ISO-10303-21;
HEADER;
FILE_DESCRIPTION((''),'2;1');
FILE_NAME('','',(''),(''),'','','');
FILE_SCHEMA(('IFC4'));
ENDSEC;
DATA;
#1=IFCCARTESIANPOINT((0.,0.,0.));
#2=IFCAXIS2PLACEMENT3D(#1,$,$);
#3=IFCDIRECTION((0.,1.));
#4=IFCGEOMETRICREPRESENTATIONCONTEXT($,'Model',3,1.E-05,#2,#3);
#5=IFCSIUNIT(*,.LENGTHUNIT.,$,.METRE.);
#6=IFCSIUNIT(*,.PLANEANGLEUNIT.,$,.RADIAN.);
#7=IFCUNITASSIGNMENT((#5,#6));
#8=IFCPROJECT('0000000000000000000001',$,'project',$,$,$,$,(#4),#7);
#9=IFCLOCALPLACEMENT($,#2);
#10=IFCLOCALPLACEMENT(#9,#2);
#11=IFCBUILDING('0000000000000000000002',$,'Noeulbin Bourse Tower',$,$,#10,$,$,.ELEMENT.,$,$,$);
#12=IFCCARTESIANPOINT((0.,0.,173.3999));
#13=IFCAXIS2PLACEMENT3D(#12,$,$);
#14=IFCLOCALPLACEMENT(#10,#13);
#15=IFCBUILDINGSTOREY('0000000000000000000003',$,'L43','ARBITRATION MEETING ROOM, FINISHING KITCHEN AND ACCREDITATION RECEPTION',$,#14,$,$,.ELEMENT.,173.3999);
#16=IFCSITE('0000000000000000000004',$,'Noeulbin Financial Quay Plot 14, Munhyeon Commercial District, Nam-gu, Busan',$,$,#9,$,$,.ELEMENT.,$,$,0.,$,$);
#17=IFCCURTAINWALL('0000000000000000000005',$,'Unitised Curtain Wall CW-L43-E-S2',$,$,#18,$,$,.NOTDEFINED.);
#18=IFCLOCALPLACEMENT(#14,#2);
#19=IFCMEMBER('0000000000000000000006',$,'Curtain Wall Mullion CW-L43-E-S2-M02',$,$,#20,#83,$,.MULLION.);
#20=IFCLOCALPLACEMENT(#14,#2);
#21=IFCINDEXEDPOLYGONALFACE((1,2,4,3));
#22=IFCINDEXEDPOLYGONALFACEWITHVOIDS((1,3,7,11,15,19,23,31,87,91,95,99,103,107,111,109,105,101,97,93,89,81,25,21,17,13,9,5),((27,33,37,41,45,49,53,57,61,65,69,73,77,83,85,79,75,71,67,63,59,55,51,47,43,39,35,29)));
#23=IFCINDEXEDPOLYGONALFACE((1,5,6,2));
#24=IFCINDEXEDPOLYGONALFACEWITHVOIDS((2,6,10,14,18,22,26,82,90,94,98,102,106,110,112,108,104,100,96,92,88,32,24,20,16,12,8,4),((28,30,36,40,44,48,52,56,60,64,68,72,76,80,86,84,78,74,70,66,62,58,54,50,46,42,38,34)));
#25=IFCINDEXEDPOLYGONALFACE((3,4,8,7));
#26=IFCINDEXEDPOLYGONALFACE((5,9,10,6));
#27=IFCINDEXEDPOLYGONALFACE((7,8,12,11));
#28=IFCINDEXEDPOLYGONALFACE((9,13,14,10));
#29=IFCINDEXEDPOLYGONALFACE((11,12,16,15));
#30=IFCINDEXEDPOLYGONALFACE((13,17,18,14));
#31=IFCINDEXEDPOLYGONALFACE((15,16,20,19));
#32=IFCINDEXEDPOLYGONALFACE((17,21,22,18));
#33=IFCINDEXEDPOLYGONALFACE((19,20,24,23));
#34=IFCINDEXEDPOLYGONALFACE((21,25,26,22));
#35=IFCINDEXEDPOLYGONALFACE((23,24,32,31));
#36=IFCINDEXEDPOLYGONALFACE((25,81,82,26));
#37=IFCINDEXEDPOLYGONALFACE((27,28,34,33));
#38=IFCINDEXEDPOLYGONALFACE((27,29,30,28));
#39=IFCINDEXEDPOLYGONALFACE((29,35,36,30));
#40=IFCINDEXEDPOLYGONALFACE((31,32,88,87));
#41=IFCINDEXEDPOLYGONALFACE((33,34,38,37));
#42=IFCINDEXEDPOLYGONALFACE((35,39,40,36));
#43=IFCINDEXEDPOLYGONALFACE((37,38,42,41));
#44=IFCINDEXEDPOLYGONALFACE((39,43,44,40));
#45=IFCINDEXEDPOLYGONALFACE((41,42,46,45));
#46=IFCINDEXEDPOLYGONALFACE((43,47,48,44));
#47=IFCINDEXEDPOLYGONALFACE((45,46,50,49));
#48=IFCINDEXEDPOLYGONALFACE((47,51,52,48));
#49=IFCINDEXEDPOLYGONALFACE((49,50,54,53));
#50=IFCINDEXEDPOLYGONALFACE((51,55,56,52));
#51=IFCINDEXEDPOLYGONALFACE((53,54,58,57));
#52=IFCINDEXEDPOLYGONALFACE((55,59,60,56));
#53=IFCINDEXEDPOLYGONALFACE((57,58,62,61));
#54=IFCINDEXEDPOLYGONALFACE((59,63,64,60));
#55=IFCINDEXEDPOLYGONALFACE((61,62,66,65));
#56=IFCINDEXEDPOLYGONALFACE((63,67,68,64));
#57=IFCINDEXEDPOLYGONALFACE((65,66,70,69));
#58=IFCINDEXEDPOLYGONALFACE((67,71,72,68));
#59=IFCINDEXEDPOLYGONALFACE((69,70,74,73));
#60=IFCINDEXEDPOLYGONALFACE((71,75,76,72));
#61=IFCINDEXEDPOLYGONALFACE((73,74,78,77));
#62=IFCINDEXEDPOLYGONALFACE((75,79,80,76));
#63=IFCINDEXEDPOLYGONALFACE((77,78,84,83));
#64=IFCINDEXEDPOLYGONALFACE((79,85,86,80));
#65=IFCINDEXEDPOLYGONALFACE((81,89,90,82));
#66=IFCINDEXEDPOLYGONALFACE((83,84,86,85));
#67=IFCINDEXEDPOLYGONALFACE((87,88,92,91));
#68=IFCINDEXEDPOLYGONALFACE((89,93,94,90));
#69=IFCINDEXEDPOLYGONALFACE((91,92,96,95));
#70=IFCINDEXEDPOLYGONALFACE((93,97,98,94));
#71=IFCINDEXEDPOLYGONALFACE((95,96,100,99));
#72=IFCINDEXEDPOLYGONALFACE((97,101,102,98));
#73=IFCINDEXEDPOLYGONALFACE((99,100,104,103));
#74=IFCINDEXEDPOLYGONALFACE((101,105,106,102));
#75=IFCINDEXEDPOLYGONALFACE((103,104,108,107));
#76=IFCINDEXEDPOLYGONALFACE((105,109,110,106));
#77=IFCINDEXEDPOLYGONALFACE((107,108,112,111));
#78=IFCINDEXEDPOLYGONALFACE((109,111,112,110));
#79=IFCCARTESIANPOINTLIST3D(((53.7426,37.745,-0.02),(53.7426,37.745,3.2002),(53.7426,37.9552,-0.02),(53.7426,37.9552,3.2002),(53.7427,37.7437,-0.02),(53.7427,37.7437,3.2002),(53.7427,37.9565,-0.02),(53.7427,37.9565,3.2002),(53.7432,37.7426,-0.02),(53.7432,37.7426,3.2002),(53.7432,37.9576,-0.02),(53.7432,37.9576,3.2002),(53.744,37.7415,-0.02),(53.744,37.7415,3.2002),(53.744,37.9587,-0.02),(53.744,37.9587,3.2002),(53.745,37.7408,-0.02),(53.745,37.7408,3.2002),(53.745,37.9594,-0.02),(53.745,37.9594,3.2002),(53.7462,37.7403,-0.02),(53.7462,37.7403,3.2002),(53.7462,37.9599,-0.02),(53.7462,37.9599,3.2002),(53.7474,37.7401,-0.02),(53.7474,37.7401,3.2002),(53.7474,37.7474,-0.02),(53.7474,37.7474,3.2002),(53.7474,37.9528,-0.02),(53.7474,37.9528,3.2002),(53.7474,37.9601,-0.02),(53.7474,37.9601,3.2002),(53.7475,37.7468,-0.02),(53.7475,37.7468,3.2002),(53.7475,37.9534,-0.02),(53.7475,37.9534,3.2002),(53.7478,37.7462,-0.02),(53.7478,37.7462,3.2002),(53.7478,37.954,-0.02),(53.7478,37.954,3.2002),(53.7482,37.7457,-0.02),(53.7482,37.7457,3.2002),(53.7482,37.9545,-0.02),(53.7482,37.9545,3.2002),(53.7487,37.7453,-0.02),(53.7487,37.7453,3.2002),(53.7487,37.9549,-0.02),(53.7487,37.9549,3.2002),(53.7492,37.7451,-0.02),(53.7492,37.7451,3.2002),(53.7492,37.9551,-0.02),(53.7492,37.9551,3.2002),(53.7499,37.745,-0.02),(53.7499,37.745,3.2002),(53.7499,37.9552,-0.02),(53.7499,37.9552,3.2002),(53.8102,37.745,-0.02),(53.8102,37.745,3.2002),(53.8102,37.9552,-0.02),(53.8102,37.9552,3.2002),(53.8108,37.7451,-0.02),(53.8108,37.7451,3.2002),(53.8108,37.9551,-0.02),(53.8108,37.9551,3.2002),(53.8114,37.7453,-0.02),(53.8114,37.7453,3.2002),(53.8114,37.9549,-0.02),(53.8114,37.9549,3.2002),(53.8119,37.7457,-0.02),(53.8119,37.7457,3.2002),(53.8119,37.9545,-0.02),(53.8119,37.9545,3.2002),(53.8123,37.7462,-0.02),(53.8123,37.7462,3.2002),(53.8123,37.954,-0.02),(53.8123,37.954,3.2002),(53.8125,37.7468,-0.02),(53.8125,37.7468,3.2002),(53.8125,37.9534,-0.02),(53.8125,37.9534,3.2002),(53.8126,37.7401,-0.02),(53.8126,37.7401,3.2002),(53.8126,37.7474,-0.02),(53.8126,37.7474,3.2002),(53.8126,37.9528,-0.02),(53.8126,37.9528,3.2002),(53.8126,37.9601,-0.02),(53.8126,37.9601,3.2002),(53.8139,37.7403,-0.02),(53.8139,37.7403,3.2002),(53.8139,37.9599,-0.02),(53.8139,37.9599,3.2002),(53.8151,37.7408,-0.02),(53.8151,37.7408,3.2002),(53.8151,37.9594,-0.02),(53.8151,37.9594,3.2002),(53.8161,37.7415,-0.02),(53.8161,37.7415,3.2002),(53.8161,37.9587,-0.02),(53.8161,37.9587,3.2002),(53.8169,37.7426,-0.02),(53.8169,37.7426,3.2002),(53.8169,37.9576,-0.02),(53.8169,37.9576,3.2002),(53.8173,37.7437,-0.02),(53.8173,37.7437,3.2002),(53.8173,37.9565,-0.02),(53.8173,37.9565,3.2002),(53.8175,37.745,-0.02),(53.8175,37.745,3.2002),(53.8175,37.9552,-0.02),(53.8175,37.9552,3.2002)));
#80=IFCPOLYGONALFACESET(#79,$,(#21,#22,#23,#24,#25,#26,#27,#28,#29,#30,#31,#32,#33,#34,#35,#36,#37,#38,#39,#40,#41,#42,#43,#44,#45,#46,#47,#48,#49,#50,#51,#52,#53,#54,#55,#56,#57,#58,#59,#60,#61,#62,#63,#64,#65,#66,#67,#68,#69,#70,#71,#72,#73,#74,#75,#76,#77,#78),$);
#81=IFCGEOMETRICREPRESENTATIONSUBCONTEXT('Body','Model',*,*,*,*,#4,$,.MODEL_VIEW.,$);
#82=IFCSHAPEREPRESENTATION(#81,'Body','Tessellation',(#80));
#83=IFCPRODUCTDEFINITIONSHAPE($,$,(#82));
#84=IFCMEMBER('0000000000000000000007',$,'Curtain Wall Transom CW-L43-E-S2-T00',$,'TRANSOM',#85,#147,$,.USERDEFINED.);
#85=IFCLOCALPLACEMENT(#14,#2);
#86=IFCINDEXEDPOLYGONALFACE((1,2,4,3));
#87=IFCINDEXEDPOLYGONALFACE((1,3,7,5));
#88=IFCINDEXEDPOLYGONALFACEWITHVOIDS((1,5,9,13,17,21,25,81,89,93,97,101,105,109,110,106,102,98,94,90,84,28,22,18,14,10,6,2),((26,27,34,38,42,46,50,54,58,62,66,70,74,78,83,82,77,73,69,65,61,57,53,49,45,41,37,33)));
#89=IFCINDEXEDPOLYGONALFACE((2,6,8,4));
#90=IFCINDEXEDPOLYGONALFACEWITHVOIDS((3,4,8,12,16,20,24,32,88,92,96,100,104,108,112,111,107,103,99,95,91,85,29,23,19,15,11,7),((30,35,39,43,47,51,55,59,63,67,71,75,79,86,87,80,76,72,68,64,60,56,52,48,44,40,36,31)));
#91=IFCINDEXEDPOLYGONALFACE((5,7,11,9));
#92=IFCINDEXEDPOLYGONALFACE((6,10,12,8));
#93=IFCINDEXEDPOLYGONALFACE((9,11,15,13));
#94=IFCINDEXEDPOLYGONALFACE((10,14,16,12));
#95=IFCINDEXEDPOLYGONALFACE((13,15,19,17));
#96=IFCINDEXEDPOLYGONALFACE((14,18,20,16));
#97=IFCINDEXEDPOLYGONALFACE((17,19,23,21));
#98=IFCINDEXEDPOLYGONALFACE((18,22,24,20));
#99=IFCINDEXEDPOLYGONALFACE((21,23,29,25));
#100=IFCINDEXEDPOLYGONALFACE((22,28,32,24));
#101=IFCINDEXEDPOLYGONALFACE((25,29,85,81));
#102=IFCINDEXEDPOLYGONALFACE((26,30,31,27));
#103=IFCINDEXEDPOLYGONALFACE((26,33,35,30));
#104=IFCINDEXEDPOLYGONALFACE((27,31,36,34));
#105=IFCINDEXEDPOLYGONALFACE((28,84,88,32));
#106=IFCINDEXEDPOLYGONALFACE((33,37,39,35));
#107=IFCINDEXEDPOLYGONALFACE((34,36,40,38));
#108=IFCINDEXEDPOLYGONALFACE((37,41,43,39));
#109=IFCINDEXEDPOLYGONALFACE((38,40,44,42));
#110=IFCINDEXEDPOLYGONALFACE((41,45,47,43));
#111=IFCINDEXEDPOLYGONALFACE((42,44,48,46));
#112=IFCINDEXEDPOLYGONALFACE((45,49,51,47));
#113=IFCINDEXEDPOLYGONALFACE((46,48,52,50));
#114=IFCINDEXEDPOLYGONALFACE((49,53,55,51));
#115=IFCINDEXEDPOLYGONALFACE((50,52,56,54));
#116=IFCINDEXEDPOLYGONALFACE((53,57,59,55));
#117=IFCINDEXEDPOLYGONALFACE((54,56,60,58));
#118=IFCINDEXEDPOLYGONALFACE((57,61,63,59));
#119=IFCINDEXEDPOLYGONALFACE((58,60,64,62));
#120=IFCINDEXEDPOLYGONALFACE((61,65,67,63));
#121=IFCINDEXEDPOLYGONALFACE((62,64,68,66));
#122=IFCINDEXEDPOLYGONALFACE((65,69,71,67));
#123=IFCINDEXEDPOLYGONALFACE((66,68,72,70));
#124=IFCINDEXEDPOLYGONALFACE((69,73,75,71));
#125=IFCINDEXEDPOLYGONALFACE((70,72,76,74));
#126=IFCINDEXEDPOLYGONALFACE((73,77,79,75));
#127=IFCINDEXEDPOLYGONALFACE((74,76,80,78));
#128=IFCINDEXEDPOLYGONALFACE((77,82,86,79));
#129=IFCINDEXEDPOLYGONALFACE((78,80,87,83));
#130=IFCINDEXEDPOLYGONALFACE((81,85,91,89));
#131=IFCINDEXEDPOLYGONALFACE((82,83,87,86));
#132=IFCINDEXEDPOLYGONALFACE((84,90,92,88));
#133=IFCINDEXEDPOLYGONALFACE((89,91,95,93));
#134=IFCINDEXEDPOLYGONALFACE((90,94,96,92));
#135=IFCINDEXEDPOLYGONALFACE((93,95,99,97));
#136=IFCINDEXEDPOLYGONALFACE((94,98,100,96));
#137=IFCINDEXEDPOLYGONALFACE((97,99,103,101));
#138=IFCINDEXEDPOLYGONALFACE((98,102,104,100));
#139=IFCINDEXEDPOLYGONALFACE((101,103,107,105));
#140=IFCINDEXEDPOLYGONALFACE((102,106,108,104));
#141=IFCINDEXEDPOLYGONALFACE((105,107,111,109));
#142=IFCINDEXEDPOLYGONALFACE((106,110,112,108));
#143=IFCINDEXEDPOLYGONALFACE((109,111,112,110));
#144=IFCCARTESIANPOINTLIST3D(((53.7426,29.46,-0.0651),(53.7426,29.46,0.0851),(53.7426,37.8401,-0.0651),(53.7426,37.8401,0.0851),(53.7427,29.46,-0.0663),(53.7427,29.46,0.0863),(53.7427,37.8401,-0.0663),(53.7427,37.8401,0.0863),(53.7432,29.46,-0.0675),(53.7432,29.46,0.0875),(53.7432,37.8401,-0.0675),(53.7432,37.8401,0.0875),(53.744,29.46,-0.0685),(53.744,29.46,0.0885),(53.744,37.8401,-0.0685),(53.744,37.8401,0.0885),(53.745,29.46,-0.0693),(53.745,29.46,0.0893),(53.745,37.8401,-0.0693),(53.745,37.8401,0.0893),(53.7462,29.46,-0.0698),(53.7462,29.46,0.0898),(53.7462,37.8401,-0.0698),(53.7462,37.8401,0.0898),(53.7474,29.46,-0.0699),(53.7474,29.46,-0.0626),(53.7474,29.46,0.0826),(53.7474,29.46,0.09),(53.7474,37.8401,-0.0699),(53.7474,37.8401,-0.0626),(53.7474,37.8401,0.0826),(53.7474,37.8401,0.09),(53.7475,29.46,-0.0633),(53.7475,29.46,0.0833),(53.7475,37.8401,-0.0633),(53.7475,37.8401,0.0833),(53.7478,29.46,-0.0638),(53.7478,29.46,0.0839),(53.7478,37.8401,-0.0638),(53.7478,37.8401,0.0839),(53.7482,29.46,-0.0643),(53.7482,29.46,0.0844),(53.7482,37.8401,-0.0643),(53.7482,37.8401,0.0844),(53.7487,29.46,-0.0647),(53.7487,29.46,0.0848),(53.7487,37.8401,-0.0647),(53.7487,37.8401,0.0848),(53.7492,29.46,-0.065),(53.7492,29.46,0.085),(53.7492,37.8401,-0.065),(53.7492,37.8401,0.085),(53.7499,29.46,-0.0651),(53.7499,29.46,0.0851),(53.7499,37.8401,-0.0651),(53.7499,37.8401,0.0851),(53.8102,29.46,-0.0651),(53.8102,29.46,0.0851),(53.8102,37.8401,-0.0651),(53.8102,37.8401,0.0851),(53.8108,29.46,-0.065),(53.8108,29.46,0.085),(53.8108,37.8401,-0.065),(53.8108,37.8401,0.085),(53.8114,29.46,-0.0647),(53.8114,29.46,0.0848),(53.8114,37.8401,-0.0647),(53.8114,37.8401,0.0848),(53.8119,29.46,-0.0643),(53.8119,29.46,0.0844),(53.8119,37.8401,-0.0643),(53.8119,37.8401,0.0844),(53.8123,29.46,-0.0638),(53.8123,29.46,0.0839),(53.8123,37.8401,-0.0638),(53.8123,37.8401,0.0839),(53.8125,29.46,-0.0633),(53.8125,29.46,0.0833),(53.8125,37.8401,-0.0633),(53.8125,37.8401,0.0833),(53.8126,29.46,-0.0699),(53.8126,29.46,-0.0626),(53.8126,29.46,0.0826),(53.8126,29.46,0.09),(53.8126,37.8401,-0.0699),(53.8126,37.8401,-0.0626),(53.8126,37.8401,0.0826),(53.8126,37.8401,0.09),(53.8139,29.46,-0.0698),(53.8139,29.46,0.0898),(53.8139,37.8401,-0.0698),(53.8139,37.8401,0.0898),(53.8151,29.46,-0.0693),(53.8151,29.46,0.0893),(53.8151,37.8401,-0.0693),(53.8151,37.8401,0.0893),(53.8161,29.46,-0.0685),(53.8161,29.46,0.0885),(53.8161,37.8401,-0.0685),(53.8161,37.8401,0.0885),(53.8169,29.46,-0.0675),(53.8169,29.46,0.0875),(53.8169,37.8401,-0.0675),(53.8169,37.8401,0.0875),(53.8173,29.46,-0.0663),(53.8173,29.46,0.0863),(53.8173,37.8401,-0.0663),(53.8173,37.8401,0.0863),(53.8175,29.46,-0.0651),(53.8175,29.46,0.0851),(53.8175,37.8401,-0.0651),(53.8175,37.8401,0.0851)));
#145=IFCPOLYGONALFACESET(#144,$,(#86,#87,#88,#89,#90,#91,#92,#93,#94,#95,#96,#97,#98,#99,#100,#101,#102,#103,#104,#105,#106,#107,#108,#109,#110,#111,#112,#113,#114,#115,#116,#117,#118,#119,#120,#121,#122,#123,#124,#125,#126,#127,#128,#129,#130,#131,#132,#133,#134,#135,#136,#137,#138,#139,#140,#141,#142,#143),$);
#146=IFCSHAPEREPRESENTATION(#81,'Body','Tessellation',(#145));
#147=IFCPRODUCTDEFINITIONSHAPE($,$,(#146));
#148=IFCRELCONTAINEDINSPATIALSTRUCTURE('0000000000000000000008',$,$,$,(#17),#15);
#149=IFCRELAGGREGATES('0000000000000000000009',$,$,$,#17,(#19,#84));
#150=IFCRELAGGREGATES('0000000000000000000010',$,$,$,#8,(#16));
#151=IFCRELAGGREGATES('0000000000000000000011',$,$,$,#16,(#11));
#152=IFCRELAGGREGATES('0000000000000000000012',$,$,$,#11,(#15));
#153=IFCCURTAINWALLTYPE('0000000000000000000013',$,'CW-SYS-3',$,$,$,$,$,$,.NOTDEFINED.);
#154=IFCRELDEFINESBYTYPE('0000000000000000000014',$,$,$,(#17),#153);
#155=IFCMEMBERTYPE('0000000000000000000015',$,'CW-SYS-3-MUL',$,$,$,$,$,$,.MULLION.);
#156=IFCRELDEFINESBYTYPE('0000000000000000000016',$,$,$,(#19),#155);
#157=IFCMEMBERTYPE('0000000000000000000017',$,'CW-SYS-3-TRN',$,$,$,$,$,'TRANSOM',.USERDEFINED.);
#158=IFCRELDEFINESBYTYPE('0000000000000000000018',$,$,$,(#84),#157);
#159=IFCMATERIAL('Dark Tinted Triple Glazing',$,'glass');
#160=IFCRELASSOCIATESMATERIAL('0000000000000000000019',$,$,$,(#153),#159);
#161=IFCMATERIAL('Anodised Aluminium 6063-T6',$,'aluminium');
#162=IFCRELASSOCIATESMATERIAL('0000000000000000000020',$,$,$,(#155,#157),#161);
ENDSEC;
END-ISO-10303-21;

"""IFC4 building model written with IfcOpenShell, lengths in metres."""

from ifc_helpers import new_model, si_unit, direction, frame, origin, origin_2d, place, context, subcontext, project, spatial, hollow_rectangle, extrude, material, material_profile, profile_set, type_object, element, aggregate, save


model = new_model("IFC4")

# Units and contexts
model_context = context("Model", 3, precision=1e-05, world=origin(), true_north=direction((0.0, 1.0)))
body_context = subcontext(model_context, "Body", "Model", "MODEL_VIEW")
ifc_project = project(units=[si_unit("LENGTHUNIT", "METRE"), si_unit("PLANEANGLEUNIT", "RADIAN")], contexts=[model_context])

# Site, building, storey
site_placement = place(None, origin())
site = spatial("IfcSite", under=ifc_project, at=site_placement, Name="Noeulbin Financial Quay Plot 14, Munhyeon Commercial District, Nam-gu, Busan", CompositionType="ELEMENT", RefElevation=0.0)
building_placement = place(site_placement, origin())
building = spatial("IfcBuilding", under=site, at=building_placement, Name="Noeulbin Bourse Tower", CompositionType="ELEMENT")
storey_placement = place(building_placement, frame((0.0, 0.0, 173.3999)))
storey = spatial("IfcBuildingStorey", under=building, at=storey_placement, Name="L43", Description="ARBITRATION MEETING ROOM, FINISHING KITCHEN AND ACCREDITATION RECEPTION", CompositionType="ELEMENT", Elevation=173.3999)

# Curtain wall, members
ifc_material_1 = material(Name="Dark Tinted Triple Glazing", Category="glass")
curtain_wall_type = type_object("IfcCurtainWallType", Name="CW-SYS-3", PredefinedType="NOTDEFINED", material=ifc_material_1)
curtain_wall_placement = place(storey_placement, origin())
curtain_wall = element("IfcCurtainWall", 1, at=curtain_wall_placement, inside=storey, type_object=curtain_wall_type, Name="Unitised Curtain Wall CW-L43-E-S2", PredefinedType="NOTDEFINED")
ifc_material_2 = material(Name="Anodised Aluminium 6063-T6", Category="aluminium")
ifc_material_profile_1 = material_profile(ifc_material_2, hollow_rectangle(XDim=0.075, YDim=0.22, WallThickness=0.0049, InnerFilletRadius=0.0024, OuterFilletRadius=0.0049, at=origin_2d()), Name="ALU-MULL-75x220x5", Category="LoadBearing")
ifc_profile_set_1 = profile_set([ifc_material_profile_1], Name="Anodised Aluminium 6063-T6")
member_type_1 = type_object("IfcMemberType", Name="CW-SYS-3-MUL", PredefinedType="MULLION", material=ifc_profile_set_1)
member_1_placement = place(storey_placement, frame((53.78, 37.8501, -0.02), z_axis=(0.0, 0.0, 1.0), x_axis=(1.0, 0.0, 0.0)))
member_1 = element("IfcMember", 2, at=member_1_placement, type_object=member_type_1, Name="Curtain Wall Mullion CW-L43-E-S2-M02", PredefinedType="MULLION", context=body_context, shape_type="SweptSolid", body=[
    extrude(hollow_rectangle(XDim=0.075, YDim=0.22, WallThickness=0.0049, InnerFilletRadius=0.0024, OuterFilletRadius=0.0049, at=origin_2d()), origin(), (0.0, 0.0, 1.0), 3.2202),
])
ifc_material_profile_2 = material_profile(ifc_material_2, hollow_rectangle(XDim=0.075, YDim=0.1599, WallThickness=0.0049, InnerFilletRadius=0.0024, OuterFilletRadius=0.0049, at=origin_2d()), Name="ALU-TRAN-75x160x5", Category="LoadBearing")
ifc_profile_set_2 = profile_set([ifc_material_profile_2], Name="Anodised Aluminium 6063-T6")
member_type_2 = type_object("IfcMemberType", Name="CW-SYS-3-TRN", ElementType="TRANSOM", PredefinedType="USERDEFINED", material=ifc_profile_set_2)
member_2_placement = place(storey_placement, frame((53.78, 29.46, 0.01), z_axis=(0.0, 1.0, 0.0), x_axis=(-1.0, 0.0, 0.0)))
member_2 = element("IfcMember", 3, at=member_2_placement, type_object=member_type_2, Name="Curtain Wall Transom CW-L43-E-S2-T00", ObjectType="TRANSOM", PredefinedType="USERDEFINED", context=body_context, shape_type="SweptSolid", body=[
    extrude(hollow_rectangle(XDim=0.075, YDim=0.1599, WallThickness=0.0049, InnerFilletRadius=0.0024, OuterFilletRadius=0.0049, at=origin_2d()), origin(), (0.0, 0.0, 1.0), 8.3801),
])
aggregate(curtain_wall, [member_1, member_2])

save(model, "model.ifc")
